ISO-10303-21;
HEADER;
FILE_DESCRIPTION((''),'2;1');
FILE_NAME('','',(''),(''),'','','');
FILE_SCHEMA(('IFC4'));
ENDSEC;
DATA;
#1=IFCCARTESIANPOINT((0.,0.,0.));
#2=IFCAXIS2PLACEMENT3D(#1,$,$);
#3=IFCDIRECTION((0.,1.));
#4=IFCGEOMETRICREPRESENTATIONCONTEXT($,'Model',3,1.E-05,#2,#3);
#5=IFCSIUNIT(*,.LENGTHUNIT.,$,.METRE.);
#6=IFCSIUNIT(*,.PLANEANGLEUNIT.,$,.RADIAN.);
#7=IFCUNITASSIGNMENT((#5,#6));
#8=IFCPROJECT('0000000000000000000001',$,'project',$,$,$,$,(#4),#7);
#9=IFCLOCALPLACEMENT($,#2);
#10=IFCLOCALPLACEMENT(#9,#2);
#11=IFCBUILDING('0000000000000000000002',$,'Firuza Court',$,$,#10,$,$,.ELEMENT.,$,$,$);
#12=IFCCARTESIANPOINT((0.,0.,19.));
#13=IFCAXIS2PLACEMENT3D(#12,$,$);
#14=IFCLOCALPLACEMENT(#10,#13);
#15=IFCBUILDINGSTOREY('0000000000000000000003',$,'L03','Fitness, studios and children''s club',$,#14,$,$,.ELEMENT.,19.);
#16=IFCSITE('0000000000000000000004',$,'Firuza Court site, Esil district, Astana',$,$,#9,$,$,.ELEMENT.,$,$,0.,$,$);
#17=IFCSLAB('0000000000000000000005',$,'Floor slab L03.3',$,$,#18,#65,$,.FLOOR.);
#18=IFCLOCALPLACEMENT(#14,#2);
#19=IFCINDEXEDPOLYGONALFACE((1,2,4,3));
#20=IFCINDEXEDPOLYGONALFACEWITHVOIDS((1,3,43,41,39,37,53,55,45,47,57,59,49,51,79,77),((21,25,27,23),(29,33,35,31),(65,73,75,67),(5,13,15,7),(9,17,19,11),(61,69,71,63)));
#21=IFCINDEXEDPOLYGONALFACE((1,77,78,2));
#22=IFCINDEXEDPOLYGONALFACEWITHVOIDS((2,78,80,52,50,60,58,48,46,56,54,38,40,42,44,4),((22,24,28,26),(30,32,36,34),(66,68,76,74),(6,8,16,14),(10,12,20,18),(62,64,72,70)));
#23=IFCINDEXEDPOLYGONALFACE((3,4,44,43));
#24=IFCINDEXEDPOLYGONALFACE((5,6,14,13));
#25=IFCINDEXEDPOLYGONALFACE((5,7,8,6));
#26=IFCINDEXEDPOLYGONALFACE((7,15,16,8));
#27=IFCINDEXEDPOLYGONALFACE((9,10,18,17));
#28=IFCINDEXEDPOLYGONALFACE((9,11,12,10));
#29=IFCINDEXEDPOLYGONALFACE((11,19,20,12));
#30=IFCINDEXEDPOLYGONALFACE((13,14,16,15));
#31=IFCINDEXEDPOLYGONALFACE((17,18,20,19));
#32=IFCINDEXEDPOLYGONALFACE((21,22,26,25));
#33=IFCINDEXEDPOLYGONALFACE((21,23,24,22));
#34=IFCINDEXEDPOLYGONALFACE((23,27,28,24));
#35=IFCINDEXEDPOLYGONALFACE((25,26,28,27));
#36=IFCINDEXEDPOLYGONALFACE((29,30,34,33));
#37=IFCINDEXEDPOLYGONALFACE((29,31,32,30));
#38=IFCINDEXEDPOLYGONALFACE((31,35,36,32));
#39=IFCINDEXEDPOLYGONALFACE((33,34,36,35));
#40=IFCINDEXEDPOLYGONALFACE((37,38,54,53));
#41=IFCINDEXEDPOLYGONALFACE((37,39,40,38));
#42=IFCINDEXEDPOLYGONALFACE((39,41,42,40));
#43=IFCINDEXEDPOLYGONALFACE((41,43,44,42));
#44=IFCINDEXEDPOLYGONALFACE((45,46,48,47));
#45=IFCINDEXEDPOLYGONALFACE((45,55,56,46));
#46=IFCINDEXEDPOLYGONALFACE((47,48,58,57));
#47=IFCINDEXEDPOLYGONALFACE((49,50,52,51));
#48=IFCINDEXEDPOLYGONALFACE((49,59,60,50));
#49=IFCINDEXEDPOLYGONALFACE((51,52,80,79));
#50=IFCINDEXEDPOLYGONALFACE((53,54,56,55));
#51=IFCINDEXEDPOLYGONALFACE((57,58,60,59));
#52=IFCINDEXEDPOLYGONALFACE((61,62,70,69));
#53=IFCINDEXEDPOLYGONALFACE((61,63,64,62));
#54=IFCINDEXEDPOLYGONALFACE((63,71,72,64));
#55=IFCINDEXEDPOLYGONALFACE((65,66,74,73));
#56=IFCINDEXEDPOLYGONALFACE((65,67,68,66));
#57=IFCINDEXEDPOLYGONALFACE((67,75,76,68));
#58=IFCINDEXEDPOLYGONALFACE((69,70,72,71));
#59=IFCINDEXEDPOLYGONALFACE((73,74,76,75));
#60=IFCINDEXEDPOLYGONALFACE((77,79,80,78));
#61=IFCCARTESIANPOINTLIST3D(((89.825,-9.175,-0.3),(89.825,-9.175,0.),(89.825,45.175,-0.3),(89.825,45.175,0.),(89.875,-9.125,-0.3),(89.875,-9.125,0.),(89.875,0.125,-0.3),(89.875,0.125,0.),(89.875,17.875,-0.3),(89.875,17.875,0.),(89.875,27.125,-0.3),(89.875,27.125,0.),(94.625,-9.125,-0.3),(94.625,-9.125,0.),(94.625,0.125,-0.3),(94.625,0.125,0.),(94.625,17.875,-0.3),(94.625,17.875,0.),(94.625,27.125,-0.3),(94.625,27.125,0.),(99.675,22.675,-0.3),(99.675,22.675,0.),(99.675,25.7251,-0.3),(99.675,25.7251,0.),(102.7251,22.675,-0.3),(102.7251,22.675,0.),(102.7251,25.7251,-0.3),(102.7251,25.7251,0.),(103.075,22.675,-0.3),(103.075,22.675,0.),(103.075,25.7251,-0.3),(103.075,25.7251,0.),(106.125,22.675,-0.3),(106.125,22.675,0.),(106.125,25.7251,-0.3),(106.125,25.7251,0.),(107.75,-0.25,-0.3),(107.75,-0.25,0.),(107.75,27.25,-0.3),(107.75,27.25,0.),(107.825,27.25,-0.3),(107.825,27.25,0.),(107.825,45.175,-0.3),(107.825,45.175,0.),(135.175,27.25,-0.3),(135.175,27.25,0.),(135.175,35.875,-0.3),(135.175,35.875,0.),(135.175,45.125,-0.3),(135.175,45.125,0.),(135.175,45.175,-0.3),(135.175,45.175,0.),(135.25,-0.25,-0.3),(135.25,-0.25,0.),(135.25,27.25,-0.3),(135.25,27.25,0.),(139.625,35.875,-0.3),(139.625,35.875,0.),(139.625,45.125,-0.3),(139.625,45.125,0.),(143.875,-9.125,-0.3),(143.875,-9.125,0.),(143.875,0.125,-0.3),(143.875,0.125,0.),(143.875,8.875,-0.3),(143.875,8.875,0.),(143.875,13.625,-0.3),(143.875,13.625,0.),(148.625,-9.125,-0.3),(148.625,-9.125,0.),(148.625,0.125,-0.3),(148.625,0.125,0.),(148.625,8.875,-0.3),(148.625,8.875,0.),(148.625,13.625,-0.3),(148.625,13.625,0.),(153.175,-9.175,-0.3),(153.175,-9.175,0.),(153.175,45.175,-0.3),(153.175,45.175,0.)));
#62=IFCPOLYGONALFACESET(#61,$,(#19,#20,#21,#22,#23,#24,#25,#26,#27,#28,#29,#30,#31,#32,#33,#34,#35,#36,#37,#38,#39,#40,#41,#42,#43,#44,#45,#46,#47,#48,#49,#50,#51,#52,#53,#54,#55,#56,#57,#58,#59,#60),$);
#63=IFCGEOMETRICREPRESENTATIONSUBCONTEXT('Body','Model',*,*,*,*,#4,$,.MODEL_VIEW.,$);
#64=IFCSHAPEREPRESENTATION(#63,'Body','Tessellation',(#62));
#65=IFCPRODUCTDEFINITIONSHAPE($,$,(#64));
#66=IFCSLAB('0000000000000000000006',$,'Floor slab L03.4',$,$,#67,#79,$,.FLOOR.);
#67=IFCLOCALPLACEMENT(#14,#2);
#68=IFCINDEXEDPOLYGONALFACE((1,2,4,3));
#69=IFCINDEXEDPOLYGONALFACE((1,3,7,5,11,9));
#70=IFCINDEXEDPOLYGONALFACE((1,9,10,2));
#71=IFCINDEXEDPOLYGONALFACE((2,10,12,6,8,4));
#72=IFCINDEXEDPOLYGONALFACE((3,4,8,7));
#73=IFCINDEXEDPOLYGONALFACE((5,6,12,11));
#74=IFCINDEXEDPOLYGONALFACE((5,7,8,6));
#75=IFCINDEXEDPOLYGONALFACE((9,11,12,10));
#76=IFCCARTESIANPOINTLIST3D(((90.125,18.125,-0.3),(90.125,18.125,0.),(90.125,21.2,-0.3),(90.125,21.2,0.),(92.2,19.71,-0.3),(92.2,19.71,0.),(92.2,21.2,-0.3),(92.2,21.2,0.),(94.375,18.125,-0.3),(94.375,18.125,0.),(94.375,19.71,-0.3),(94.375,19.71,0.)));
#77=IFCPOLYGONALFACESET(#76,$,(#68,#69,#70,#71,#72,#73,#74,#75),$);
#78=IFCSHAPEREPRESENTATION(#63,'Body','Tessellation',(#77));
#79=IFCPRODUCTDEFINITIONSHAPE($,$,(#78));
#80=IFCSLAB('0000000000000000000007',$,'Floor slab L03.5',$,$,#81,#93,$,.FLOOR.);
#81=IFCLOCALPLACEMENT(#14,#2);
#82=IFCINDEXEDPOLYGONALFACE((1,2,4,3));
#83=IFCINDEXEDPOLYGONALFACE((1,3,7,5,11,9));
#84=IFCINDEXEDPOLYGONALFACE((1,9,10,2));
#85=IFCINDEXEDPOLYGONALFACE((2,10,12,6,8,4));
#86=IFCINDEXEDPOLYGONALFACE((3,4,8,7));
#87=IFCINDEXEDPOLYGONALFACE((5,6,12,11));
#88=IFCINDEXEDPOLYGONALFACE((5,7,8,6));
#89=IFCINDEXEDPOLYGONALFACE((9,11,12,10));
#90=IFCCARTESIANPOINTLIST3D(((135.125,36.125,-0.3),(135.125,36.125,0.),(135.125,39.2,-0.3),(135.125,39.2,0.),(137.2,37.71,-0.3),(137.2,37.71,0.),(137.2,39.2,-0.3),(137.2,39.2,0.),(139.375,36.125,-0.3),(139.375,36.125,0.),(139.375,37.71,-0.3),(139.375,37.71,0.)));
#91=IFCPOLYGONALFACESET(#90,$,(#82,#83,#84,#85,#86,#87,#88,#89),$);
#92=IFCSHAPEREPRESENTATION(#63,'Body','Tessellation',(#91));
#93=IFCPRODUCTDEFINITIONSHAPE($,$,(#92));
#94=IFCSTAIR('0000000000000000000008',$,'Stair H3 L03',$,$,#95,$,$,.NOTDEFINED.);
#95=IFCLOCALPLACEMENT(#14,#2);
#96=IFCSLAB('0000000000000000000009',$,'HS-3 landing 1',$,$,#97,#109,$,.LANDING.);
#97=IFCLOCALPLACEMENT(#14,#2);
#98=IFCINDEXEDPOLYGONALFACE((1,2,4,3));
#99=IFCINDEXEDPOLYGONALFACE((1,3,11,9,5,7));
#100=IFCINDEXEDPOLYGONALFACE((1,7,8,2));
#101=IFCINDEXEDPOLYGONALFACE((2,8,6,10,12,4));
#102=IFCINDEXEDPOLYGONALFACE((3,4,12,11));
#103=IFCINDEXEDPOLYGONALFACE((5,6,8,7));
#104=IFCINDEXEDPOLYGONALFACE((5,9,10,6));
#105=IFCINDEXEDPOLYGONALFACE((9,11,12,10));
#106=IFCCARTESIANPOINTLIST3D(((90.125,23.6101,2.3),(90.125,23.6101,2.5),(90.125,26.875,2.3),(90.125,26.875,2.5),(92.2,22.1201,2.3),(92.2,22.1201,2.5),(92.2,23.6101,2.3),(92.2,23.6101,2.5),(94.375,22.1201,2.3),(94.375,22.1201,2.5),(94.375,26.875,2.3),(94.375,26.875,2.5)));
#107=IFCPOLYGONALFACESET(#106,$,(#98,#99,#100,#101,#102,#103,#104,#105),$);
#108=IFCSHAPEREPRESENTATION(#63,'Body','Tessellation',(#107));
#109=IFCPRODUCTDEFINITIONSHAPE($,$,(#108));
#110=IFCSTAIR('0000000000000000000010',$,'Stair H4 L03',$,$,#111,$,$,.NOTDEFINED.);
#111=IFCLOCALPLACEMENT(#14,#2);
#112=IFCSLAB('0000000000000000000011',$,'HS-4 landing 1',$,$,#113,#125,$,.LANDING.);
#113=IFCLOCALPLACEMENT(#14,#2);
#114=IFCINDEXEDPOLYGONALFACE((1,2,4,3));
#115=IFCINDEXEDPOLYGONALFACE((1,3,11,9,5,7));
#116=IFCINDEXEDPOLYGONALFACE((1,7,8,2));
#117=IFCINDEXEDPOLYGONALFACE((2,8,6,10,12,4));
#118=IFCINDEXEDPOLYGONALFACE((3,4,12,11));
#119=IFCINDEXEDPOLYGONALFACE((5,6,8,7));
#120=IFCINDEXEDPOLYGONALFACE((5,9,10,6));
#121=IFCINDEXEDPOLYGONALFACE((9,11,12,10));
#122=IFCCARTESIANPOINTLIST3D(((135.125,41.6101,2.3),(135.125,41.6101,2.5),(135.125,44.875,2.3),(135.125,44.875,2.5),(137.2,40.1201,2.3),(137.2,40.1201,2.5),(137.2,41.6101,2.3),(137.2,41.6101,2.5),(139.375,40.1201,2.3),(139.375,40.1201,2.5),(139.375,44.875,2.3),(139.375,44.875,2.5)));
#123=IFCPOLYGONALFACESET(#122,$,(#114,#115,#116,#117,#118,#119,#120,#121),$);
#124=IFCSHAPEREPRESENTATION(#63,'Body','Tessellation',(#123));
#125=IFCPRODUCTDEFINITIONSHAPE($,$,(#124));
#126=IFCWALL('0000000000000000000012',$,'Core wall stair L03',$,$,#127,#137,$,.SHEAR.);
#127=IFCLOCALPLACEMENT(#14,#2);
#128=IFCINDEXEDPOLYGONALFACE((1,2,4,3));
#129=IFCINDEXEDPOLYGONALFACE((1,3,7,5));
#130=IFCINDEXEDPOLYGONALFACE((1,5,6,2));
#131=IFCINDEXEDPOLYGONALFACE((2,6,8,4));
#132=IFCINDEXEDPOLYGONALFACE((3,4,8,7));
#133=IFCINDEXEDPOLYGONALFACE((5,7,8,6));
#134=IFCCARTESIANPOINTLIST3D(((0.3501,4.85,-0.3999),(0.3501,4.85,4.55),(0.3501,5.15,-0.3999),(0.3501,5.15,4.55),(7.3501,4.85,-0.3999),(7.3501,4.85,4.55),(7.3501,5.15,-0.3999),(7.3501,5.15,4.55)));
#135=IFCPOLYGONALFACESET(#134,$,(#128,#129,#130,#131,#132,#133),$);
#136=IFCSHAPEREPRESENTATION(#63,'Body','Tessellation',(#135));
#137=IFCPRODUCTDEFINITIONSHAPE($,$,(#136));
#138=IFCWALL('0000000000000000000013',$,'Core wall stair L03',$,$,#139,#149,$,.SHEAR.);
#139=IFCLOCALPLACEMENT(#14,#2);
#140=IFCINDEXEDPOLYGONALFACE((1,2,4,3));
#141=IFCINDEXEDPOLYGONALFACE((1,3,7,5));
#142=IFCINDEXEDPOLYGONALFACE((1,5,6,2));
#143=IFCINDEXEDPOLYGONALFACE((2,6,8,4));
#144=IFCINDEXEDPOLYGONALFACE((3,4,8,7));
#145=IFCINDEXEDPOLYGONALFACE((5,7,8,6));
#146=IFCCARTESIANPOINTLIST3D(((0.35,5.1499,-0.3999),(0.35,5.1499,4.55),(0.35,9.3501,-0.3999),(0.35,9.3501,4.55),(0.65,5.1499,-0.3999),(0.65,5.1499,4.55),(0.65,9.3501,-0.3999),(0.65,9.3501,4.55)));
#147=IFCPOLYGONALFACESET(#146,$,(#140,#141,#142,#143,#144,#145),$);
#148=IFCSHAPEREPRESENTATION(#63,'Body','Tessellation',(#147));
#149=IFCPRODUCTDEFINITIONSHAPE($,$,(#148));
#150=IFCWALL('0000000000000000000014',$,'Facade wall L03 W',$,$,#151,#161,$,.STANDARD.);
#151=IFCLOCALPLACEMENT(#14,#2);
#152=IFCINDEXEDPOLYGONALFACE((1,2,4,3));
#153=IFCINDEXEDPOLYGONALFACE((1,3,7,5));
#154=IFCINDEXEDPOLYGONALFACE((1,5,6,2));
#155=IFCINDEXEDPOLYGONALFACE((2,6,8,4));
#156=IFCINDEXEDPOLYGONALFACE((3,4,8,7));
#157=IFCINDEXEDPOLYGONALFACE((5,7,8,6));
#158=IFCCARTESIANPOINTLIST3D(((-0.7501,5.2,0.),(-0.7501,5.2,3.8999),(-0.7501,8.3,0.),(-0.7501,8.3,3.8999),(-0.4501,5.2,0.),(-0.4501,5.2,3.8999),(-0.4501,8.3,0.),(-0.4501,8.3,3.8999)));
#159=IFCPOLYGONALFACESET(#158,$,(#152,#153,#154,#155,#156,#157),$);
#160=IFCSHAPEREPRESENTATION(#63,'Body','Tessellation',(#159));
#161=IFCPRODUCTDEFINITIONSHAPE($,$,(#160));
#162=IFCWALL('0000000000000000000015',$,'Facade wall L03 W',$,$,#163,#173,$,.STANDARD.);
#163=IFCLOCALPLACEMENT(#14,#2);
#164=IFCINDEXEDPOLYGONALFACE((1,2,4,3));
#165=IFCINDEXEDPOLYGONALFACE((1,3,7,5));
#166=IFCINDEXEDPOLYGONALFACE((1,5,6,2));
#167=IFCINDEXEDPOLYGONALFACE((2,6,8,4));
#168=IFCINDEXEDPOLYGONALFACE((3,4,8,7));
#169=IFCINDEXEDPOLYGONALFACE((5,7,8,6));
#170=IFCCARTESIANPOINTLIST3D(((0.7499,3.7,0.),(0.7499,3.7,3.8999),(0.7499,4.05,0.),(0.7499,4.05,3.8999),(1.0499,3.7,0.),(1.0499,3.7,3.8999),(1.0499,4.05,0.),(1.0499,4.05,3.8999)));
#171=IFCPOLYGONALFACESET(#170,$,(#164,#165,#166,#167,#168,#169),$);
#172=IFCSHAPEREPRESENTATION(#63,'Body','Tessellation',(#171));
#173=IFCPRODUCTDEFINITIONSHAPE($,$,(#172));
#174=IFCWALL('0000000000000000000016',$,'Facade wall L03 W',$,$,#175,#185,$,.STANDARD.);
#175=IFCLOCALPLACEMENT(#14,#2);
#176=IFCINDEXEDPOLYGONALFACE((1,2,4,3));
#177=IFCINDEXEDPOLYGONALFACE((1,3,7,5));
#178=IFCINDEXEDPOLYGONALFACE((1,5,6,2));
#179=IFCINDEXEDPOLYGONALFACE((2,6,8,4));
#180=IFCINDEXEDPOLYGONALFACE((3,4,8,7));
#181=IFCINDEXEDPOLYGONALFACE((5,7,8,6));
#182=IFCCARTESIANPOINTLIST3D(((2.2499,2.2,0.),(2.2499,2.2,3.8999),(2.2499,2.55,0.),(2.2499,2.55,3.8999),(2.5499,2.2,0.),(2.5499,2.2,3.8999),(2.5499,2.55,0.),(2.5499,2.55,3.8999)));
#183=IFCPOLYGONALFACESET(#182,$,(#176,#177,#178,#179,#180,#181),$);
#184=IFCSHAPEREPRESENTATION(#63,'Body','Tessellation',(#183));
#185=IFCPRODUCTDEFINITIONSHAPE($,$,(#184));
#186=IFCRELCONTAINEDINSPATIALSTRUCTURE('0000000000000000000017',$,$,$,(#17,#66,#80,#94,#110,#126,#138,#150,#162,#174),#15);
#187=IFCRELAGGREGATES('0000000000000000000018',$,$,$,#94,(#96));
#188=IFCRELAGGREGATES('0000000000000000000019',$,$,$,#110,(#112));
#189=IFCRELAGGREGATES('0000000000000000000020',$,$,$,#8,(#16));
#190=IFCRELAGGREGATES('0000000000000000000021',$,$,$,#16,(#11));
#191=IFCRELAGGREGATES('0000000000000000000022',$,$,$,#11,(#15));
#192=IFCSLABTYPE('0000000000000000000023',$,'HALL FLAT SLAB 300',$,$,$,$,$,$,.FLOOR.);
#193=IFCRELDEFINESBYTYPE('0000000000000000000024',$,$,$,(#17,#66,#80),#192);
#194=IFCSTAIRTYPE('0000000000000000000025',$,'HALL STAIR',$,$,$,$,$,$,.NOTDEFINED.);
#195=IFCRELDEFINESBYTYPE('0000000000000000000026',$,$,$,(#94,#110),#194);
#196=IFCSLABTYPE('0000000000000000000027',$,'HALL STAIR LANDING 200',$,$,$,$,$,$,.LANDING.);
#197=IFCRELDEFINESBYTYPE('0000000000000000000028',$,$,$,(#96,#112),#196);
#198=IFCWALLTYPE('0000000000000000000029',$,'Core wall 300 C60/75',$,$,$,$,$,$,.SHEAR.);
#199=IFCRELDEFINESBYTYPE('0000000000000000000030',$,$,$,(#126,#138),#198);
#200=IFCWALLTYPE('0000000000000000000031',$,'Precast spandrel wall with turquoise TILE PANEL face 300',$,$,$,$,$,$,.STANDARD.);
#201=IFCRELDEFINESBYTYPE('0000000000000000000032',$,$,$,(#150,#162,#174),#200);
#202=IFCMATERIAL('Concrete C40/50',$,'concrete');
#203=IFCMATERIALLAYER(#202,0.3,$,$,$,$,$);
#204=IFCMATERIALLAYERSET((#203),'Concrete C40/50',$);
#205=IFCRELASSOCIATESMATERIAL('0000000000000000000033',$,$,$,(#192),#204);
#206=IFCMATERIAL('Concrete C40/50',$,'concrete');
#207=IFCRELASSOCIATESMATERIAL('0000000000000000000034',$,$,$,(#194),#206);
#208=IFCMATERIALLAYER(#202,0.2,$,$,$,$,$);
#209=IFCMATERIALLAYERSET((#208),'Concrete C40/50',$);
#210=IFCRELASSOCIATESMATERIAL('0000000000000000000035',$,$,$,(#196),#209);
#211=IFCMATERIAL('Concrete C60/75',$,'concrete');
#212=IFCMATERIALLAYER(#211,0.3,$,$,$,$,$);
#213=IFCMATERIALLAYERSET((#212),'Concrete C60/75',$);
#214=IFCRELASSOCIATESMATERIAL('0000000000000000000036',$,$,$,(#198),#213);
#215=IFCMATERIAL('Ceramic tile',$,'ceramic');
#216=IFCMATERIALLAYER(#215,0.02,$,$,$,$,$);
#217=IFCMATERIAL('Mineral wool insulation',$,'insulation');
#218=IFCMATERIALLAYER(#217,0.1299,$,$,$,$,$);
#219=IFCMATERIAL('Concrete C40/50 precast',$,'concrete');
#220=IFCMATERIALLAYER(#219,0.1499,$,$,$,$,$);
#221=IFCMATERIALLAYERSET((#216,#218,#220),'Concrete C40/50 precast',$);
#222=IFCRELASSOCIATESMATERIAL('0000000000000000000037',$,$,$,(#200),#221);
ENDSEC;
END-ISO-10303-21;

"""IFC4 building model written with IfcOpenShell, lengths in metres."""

from ifc_helpers import new_model, si_unit, direction, frame, frame_2d, origin, place, context, subcontext, project, spatial, polyline, rectangle, outline, extrude, material, layer, layer_set, type_object, element, aggregate, save


model = new_model("IFC4")

# Units and contexts
model_context = context("Model", 3, precision=1e-05, world=origin(), true_north=direction((0.0, 1.0)))
body_context = subcontext(model_context, "Body", "Model", "MODEL_VIEW")
ifc_project = project(units=[si_unit("LENGTHUNIT", "METRE"), si_unit("PLANEANGLEUNIT", "RADIAN")], contexts=[model_context])

# Site, building, storey
site_placement = place(None, origin())
site = spatial("IfcSite", under=ifc_project, at=site_placement, Name="Firuza Court site, Esil district, Astana", CompositionType="ELEMENT", RefElevation=0.0)
building_placement = place(site_placement, origin())
building = spatial("IfcBuilding", under=site, at=building_placement, Name="Firuza Court", CompositionType="ELEMENT")
storey_placement = place(building_placement, frame((0.0, 0.0, 19.0)))
storey = spatial("IfcBuildingStorey", under=building, at=storey_placement, Name="L03", Description="Fitness, studios and children's club", CompositionType="ELEMENT", Elevation=19.0)

# Slabs
ifc_material_1 = material(Name="Concrete C40/50", Category="concrete")
ifc_layer_1 = layer(ifc_material_1, 0.3)
ifc_layer_set_1 = layer_set([ifc_layer_1], Name="Concrete C40/50")
slab_type_1 = type_object("IfcSlabType", Name="HALL FLAT SLAB 300", PredefinedType="FLOOR", material=ifc_layer_set_1)
slab_1_placement = place(storey_placement, frame((0.0, 0.0, -0.3)))
element("IfcSlab", 1, at=slab_1_placement, inside=storey, type_object=slab_type_1, Name="Floor slab L03.3", PredefinedType="FLOOR", context=body_context, shape_type="SweptSolid", body=[
    extrude(outline(polyline([(107.825, 45.175), (107.825, 27.25), (107.75, 27.25), (107.75, -0.25), (135.25, -0.25), (135.25, 27.25), (135.175, 27.25), (135.175, 35.875), (139.625, 35.875), (139.625, 45.125), (135.175, 45.125), (135.175, 45.175), (153.175, 45.175), (153.175, -9.175), (89.825, -9.175), (89.825, 45.175), (107.825, 45.175)]), holes=[polyline([(94.625, -9.125), (94.625, 0.125), (89.875, 0.125), (89.875, -9.125), (94.625, -9.125)]), polyline([(148.625, -9.125), (148.625, 0.125), (143.875, 0.125), (143.875, -9.125), (148.625, -9.125)]), polyline([(148.625, 8.875), (148.625, 13.625), (143.875, 13.625), (143.875, 8.875), (148.625, 8.875)]), polyline([(94.625, 17.875), (94.625, 27.125), (89.875, 27.125), (89.875, 17.875), (94.625, 17.875)]), polyline([(102.7251, 22.675), (102.7251, 25.7251), (99.675, 25.7251), (99.675, 22.675), (102.7251, 22.675)]), polyline([(106.125, 22.675), (106.125, 25.7251), (103.075, 25.7251), (103.075, 22.675), (106.125, 22.675)])]), origin(), (0.0, 0.0, 1.0), 0.3),
])
slab_2_placement = place(storey_placement, frame((0.0, 0.0, -0.3)))
element("IfcSlab", 2, at=slab_2_placement, inside=storey, type_object=slab_type_1, Name="Floor slab L03.4", PredefinedType="FLOOR", context=body_context, shape_type="SweptSolid", body=[
    extrude(outline(polyline([(90.125, 18.125), (90.125, 21.2), (92.2, 21.2), (92.2, 19.71), (94.375, 19.71), (94.375, 18.125), (90.125, 18.125)])), origin(), (0.0, 0.0, 1.0), 0.3),
])
slab_3_placement = place(storey_placement, frame((0.0, 0.0, -0.3)))
element("IfcSlab", 3, at=slab_3_placement, inside=storey, type_object=slab_type_1, Name="Floor slab L03.5", PredefinedType="FLOOR", context=body_context, shape_type="SweptSolid", body=[
    extrude(outline(polyline([(135.125, 36.125), (135.125, 39.2), (137.2, 39.2), (137.2, 37.71), (139.375, 37.71), (139.375, 36.125), (135.125, 36.125)])), origin(), (0.0, 0.0, 1.0), 0.3),
])

# Stairs, slabs
ifc_material_2 = material(Name="Concrete C40/50", Category="concrete")
stair_type_1 = type_object("IfcStairType", Name="HALL STAIR", PredefinedType="NOTDEFINED", material=ifc_material_2)
stair_1_placement = place(storey_placement, origin())
stair_1 = element("IfcStair", 4, at=stair_1_placement, inside=storey, type_object=stair_type_1, Name="Stair H3 L03", PredefinedType="NOTDEFINED")
ifc_layer_2 = layer(ifc_material_1, 0.2)
ifc_layer_set_2 = layer_set([ifc_layer_2], Name="Concrete C40/50")
slab_type_2 = type_object("IfcSlabType", Name="HALL STAIR LANDING 200", PredefinedType="LANDING", material=ifc_layer_set_2)
slab_4_placement = place(storey_placement, frame((0.0, 0.0, 2.3)))
slab_4 = element("IfcSlab", 5, at=slab_4_placement, type_object=slab_type_2, Name="HS-3 landing 1", PredefinedType="LANDING", context=body_context, shape_type="SweptSolid", body=[
    extrude(outline(polyline([(90.125, 23.6101), (92.2, 23.6101), (92.2, 22.1201), (94.375, 22.1201), (94.375, 26.875), (90.125, 26.875), (90.125, 23.6101)])), origin(), (0.0, 0.0, 1.0), 0.2),
])
aggregate(stair_1, [slab_4])
stair_2_placement = place(storey_placement, origin())
stair_2 = element("IfcStair", 6, at=stair_2_placement, inside=storey, type_object=stair_type_1, Name="Stair H4 L03", PredefinedType="NOTDEFINED")
slab_5_placement = place(storey_placement, frame((0.0, 0.0, 2.3)))
slab_5 = element("IfcSlab", 7, at=slab_5_placement, type_object=slab_type_2, Name="HS-4 landing 1", PredefinedType="LANDING", context=body_context, shape_type="SweptSolid", body=[
    extrude(outline(polyline([(135.125, 41.6101), (137.2, 41.6101), (137.2, 40.1201), (139.375, 40.1201), (139.375, 44.875), (135.125, 44.875), (135.125, 41.6101)])), origin(), (0.0, 0.0, 1.0), 0.2),
])
aggregate(stair_2, [slab_5])

# Walls
ifc_material_3 = material(Name="Concrete C60/75", Category="concrete")
ifc_layer_3 = layer(ifc_material_3, 0.3)
ifc_layer_set_3 = layer_set([ifc_layer_3], Name="Concrete C60/75")
wall_type_1 = type_object("IfcWallType", Name="Core wall 300 C60/75", PredefinedType="SHEAR", material=ifc_layer_set_3)
wall_1_placement = place(storey_placement, frame((0.3501, 5.0, -0.3999), z_axis=(0.0, 0.0, 1.0), x_axis=(1.0, 0.0, 0.0)))
element("IfcWall", 8, at=wall_1_placement, inside=storey, type_object=wall_type_1, Name="Core wall stair L03", PredefinedType="SHEAR", context=body_context, shape_type="SweptSolid", body=[
    extrude(rectangle(XDim=7.0, YDim=0.3, at=frame_2d((3.5, 0.0))), origin(), (0.0, 0.0, 1.0), 4.95),
])
wall_2_placement = place(storey_placement, frame((0.5, 5.1499, -0.3999), z_axis=(0.0, 0.0, 1.0), x_axis=(0.0, 1.0, 0.0)))
element("IfcWall", 9, at=wall_2_placement, inside=storey, type_object=wall_type_1, Name="Core wall stair L03", PredefinedType="SHEAR", context=body_context, shape_type="SweptSolid", body=[
    extrude(rectangle(XDim=4.2002, YDim=0.3, at=frame_2d((2.1001, 0.0))), origin(), (0.0, 0.0, 1.0), 4.95),
])
ifc_material_4 = material(Name="Ceramic tile", Category="ceramic")
ifc_layer_4 = layer(ifc_material_4, 0.02)
ifc_material_5 = material(Name="Mineral wool insulation", Category="insulation")
ifc_layer_5 = layer(ifc_material_5, 0.1299)
ifc_material_6 = material(Name="Concrete C40/50 precast", Category="concrete")
ifc_layer_6 = layer(ifc_material_6, 0.1499)
ifc_layer_set_4 = layer_set([ifc_layer_4, ifc_layer_5, ifc_layer_6], Name="Concrete C40/50 precast")
wall_type_2 = type_object("IfcWallType", Name="Precast spandrel wall with turquoise TILE PANEL face 300", PredefinedType="STANDARD", material=ifc_layer_set_4)
wall_3_placement = place(storey_placement, frame((-0.6001, 8.3, 0.0), z_axis=(0.0, 0.0, 1.0), x_axis=(0.0, -1.0, 0.0)))
element("IfcWall", 10, at=wall_3_placement, inside=storey, type_object=wall_type_2, Name="Facade wall L03 W", PredefinedType="STANDARD", context=body_context, shape_type="SweptSolid", body=[
    extrude(rectangle(XDim=3.1001, YDim=0.3, at=frame_2d((1.55, 0.0))), origin(), (0.0, 0.0, 1.0), 3.8999),
])
for number, where, z_axis, x_axis, name in (
    (11, (0.8999, 4.05, 0.0), (0.0, 0.0, 1.0), (0.0, -1.0, 0.0), "Facade wall L03 W"),
    (12, (2.3999, 2.55, 0.0), (0.0, 0.0, 1.0), (0.0, -1.0, 0.0), "Facade wall L03 W"),
):
    element("IfcWall", number, at=place(storey_placement, frame(where, z_axis=z_axis, x_axis=x_axis)), inside=storey, type_object=wall_type_2, Name=name, PredefinedType="STANDARD", context=body_context, shape_type="SweptSolid", body=[
        extrude(rectangle(XDim=0.3501, YDim=0.3, at=frame_2d((0.175, 0.0))), origin(), (0.0, 0.0, 1.0), 3.8999),
    ])

save(model, "model.ifc")
